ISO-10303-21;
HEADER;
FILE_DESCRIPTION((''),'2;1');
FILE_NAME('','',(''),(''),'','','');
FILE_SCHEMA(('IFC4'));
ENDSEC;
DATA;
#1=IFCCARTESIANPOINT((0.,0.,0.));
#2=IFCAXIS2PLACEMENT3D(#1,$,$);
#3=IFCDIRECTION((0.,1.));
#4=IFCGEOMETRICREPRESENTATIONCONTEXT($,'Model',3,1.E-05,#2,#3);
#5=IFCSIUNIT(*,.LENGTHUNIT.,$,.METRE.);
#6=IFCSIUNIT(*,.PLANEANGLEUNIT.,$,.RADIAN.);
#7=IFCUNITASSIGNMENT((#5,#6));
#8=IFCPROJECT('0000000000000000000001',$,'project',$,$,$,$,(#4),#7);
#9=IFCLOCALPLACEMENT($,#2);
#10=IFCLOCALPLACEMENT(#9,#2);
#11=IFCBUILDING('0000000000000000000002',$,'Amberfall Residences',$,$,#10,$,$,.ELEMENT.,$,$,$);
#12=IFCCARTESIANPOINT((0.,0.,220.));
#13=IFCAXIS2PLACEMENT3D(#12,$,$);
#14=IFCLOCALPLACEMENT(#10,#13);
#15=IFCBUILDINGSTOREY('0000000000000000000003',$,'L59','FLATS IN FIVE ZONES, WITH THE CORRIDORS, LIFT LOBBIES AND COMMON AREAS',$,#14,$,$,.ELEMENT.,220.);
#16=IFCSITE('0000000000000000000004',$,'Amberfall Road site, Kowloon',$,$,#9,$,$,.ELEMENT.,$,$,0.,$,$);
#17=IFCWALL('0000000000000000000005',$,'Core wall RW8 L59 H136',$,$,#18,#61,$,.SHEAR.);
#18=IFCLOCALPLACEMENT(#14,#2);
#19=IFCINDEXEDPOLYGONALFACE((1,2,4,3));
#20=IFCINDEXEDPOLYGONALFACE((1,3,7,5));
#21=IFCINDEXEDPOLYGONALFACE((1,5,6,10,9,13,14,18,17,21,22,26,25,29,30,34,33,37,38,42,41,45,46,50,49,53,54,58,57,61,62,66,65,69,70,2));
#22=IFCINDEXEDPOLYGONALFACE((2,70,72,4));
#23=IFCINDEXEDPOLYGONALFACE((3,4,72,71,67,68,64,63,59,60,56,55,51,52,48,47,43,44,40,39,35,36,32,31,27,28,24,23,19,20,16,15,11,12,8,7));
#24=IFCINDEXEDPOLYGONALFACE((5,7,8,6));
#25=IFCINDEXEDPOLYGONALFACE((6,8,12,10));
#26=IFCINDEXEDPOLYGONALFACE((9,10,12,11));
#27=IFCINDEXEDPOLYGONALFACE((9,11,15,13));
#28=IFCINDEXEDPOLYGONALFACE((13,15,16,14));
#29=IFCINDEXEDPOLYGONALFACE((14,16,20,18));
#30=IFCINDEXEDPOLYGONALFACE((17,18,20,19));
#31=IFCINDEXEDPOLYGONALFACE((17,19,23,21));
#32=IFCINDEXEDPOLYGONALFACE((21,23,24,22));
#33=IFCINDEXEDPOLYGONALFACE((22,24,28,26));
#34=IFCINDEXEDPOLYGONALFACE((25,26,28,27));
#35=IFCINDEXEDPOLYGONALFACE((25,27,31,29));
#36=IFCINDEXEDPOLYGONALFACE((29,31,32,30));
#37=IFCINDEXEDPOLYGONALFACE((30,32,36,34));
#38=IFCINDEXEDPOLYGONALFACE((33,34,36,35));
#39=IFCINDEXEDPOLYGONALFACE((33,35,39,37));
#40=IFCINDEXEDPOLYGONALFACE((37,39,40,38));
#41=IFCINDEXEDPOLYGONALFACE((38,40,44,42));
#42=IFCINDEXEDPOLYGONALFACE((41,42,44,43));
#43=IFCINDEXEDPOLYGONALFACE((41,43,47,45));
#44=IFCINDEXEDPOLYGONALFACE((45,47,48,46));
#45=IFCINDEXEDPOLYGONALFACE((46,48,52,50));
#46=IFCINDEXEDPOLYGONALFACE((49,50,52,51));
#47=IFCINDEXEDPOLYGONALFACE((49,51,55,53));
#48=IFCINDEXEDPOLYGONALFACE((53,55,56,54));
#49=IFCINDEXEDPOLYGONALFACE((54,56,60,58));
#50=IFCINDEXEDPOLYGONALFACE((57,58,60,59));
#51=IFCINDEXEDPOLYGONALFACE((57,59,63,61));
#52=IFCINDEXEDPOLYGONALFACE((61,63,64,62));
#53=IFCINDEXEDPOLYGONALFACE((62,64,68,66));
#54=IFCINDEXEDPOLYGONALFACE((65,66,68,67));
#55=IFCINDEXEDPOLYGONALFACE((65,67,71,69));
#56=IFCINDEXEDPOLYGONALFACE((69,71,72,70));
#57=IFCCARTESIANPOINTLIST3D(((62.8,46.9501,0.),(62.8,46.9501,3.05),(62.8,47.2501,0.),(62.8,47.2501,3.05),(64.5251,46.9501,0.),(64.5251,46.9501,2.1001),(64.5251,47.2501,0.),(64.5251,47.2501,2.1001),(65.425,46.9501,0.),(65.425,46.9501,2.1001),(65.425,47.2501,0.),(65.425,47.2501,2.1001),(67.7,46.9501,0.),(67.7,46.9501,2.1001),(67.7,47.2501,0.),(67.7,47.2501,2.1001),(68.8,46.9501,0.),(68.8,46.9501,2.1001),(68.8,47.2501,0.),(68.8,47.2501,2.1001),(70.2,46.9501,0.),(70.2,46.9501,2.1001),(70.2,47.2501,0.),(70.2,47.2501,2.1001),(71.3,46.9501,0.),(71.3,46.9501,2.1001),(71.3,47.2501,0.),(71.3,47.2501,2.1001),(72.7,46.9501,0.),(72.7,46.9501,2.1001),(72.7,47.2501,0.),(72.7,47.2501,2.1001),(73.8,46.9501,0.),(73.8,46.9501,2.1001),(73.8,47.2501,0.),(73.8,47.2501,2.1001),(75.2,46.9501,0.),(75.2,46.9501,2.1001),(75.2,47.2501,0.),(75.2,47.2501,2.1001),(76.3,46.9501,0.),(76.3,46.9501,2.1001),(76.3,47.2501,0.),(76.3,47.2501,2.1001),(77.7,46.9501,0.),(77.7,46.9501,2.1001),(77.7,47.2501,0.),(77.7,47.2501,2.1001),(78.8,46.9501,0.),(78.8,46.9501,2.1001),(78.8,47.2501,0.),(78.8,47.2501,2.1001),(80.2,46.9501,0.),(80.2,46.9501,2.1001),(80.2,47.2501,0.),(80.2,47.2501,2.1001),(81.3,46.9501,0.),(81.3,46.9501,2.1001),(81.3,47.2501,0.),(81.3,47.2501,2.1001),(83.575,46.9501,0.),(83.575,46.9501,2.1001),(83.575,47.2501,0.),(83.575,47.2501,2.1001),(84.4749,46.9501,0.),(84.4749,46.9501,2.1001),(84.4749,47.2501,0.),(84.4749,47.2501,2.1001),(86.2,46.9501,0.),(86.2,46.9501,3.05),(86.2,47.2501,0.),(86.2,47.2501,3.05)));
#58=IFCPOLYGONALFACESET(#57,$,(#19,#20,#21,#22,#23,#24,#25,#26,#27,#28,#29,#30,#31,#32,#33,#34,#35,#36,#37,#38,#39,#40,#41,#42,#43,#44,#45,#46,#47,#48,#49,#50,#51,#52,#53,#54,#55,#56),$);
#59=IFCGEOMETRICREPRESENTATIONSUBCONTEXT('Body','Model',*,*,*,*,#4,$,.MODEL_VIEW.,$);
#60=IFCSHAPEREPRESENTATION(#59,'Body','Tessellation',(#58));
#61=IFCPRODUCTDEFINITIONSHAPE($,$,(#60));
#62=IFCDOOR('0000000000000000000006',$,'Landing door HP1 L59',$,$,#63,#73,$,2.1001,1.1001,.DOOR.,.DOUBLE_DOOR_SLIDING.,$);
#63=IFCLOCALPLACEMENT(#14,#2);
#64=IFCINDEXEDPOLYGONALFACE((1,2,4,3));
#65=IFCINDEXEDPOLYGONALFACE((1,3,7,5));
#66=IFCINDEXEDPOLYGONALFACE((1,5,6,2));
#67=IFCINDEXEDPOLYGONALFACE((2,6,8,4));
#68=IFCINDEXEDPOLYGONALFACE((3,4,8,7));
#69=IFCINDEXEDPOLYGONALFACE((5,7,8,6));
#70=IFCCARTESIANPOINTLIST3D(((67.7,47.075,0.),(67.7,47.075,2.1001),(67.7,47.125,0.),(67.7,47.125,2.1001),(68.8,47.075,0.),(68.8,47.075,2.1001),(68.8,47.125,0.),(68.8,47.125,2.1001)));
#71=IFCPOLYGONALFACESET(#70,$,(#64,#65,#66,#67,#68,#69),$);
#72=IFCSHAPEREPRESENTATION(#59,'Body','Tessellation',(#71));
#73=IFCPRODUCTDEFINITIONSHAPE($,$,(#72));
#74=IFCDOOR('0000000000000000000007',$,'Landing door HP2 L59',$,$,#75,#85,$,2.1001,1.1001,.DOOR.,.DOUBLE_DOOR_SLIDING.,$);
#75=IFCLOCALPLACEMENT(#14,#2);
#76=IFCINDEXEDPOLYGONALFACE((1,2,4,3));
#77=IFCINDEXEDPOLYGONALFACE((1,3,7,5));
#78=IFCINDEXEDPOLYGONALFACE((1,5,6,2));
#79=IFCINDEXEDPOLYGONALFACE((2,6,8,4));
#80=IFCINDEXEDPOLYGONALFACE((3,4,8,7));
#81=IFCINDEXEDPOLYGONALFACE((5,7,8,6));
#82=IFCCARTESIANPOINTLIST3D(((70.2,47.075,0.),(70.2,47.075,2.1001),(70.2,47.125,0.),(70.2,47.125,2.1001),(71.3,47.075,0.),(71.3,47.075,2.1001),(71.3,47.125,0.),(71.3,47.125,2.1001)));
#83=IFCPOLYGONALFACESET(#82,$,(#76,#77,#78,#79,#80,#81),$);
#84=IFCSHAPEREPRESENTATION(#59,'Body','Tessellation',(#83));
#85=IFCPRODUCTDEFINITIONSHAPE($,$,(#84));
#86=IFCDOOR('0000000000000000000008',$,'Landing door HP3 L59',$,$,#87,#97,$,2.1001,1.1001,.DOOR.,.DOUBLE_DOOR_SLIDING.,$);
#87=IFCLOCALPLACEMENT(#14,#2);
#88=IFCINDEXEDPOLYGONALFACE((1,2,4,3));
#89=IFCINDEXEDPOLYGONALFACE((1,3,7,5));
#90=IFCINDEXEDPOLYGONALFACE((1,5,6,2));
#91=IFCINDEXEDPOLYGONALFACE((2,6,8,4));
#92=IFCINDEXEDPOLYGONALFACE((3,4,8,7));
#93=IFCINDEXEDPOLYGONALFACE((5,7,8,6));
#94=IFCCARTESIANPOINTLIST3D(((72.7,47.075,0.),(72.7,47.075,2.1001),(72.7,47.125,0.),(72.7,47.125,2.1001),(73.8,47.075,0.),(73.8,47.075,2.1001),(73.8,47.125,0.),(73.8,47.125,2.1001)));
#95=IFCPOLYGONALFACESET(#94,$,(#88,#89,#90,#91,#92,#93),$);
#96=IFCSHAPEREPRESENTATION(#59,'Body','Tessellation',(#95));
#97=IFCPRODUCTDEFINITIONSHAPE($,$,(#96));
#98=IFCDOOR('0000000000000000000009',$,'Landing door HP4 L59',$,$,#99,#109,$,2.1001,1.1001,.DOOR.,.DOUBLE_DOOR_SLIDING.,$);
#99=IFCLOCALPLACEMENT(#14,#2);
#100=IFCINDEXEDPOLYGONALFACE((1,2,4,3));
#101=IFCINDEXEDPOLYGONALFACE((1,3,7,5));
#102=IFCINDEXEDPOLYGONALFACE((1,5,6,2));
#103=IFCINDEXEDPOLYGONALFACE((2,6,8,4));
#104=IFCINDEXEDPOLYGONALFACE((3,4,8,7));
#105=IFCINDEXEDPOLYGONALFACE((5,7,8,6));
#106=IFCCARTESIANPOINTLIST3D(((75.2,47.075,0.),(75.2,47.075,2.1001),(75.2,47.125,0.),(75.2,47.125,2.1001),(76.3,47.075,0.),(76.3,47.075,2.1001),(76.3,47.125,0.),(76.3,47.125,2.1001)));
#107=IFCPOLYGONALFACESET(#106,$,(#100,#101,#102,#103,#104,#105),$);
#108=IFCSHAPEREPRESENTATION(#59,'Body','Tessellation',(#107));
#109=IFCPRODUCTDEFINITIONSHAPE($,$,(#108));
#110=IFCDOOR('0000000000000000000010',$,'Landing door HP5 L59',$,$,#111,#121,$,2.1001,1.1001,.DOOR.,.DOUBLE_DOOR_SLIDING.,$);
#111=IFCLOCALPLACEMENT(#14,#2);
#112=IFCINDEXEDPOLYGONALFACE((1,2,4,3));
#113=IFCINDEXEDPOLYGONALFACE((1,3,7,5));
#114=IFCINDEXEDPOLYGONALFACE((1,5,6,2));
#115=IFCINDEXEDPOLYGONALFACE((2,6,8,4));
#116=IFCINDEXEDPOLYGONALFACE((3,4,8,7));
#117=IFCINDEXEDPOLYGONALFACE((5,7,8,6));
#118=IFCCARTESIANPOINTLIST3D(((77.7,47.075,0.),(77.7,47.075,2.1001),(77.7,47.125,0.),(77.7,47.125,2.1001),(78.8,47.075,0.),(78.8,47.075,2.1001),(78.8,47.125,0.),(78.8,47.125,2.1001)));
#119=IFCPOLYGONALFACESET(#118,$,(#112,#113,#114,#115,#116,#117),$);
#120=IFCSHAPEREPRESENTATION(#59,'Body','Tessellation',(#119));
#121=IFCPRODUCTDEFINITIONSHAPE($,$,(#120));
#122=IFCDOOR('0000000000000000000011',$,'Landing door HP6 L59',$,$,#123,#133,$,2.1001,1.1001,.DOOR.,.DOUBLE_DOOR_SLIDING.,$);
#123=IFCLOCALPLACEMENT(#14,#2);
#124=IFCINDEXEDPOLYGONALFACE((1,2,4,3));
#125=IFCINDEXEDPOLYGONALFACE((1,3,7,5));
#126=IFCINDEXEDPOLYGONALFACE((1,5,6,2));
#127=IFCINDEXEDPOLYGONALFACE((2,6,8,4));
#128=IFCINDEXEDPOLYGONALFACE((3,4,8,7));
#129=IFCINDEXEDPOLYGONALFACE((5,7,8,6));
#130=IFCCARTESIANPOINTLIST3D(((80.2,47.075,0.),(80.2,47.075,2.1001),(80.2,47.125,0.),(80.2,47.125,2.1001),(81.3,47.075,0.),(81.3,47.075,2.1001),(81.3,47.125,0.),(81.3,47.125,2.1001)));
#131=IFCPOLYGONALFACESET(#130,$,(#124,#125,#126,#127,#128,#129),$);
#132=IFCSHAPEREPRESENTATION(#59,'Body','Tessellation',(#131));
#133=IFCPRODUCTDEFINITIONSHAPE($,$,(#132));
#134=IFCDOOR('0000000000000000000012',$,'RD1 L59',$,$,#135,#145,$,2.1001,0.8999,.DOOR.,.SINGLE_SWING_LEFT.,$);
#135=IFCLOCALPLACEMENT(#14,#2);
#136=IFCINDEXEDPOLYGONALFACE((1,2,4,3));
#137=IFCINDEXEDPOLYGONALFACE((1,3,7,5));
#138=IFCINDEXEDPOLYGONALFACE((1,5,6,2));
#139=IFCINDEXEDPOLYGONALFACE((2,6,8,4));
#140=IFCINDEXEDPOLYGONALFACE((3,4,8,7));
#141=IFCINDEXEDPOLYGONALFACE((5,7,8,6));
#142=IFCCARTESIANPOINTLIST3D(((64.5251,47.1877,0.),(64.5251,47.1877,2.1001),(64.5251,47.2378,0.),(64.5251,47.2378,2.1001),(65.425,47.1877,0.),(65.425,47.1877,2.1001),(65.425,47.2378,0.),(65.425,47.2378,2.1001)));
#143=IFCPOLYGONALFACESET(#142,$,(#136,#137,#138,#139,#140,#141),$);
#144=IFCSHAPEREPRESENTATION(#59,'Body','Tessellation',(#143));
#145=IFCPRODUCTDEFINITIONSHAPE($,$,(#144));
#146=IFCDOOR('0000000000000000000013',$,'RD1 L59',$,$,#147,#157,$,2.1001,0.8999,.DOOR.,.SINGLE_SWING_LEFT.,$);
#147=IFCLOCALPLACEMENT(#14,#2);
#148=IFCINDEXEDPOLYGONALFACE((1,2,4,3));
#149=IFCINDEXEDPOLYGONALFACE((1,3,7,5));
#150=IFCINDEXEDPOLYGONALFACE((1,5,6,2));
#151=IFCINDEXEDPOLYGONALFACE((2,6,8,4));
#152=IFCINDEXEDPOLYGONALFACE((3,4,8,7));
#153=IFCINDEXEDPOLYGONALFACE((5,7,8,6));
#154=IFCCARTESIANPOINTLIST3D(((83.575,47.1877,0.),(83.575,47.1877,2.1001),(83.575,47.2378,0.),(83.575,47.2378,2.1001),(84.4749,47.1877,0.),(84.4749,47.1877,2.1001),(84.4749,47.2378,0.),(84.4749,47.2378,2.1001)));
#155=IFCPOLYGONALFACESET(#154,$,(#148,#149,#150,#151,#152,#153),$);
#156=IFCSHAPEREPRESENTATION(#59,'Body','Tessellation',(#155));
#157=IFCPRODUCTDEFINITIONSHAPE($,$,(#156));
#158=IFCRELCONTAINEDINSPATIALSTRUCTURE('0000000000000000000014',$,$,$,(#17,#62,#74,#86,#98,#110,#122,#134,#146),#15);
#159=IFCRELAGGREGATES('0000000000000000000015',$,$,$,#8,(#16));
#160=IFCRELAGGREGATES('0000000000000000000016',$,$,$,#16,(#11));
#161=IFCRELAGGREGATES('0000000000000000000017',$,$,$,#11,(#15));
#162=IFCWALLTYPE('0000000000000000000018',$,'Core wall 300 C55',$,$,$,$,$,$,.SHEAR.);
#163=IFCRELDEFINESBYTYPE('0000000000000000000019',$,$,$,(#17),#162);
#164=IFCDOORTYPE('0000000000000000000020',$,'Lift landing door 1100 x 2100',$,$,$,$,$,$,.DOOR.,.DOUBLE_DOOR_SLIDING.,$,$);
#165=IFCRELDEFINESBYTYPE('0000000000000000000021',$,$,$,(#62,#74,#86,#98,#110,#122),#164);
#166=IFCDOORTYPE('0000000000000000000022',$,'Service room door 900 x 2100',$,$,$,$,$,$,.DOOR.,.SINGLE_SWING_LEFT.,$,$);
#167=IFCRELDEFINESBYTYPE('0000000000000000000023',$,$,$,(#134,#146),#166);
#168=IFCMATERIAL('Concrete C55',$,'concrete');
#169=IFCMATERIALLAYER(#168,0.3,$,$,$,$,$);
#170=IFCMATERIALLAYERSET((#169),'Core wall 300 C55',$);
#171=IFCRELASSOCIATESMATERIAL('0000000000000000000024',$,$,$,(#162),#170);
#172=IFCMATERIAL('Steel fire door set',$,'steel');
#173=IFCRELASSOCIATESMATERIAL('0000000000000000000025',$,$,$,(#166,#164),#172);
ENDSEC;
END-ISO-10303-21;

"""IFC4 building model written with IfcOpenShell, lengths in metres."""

from ifc_helpers import new_model, si_unit, direction, frame, frame_2d, origin, place, context, subcontext, project, spatial, rectangle, extrude, material, layer, layer_set, type_object, element, fill, save


model = new_model("IFC4")

# Units and contexts
model_context = context("Model", 3, precision=1e-05, world=origin(), true_north=direction((0.0, 1.0)))
body_context = subcontext(model_context, "Body", "Model", "MODEL_VIEW")
ifc_project = project(units=[si_unit("LENGTHUNIT", "METRE"), si_unit("PLANEANGLEUNIT", "RADIAN")], contexts=[model_context])

# Site, building, storey
site_placement = place(None, origin())
site = spatial("IfcSite", under=ifc_project, at=site_placement, Name="Amberfall Road site, Kowloon", CompositionType="ELEMENT", RefElevation=0.0)
building_placement = place(site_placement, origin())
building = spatial("IfcBuilding", under=site, at=building_placement, Name="Amberfall Residences", CompositionType="ELEMENT")
storey_placement = place(building_placement, frame((0.0, 0.0, 220.0)))
storey = spatial("IfcBuildingStorey", under=building, at=storey_placement, Name="L59", Description="FLATS IN FIVE ZONES, WITH THE CORRIDORS, LIFT LOBBIES AND COMMON AREAS", CompositionType="ELEMENT", Elevation=220.0)

# Wall, openings, doors
ifc_material_1 = material(Name="Concrete C55", Category="concrete")
ifc_layer_1 = layer(ifc_material_1, 0.3)
ifc_layer_set_1 = layer_set([ifc_layer_1], Name="Core wall 300 C55")
wall_type_1 = type_object("IfcWallType", Name="Core wall 300 C55", PredefinedType="SHEAR", material=ifc_layer_set_1)
ifc_material_2 = material(Name="Steel fire door set", Category="steel")
door_type_1 = type_object("IfcDoorType", Name="Service room door 900 x 2100", OperationType="SINGLE_SWING_LEFT", PredefinedType="DOOR", material=ifc_material_2)
wall_1_placement = place(storey_placement, frame((62.8, 47.1001, 0.0), z_axis=(0.0, 0.0, 1.0), x_axis=(1.0, 0.0, 0.0)))
wall_1 = element("IfcWall", 1, at=wall_1_placement, inside=storey, type_object=wall_type_1, Name="Core wall RW8 L59 H136", PredefinedType="SHEAR", context=body_context, shape_type="SweptSolid", body=[
    extrude(rectangle(XDim=23.3999, YDim=0.3, at=frame_2d((11.7, 0.0))), origin(), (0.0, 0.0, 1.0), 3.05),
])
opening_1_placement = place(wall_1_placement, frame((1.7251, 0.0, 0.0)))
opening_1 = element("IfcOpeningElement", 2, at=opening_1_placement, cuts=wall_1, PredefinedType="OPENING", context=body_context, shape_type="SweptSolid", body=[
    extrude(rectangle(XDim=0.8999, YDim=2.1001, at=frame_2d((0.45, 1.05))), frame((0.0, 0.1599, 0.0), z_axis=(0.0, -1.0, 0.0), x_axis=(1.0, 0.0, 0.0)), (0.0, 0.0, 1.0), 0.3201),
])
opening_2_placement = place(wall_1_placement, frame((20.7749, 0.0, 0.0)))
opening_2 = element("IfcOpeningElement", 3, at=opening_2_placement, cuts=wall_1, PredefinedType="OPENING", context=body_context, shape_type="SweptSolid", body=[
    extrude(rectangle(XDim=0.8999, YDim=2.1001, at=frame_2d((0.45, 1.05))), frame((0.0, 0.1599, 0.0), z_axis=(0.0, -1.0, 0.0), x_axis=(1.0, 0.0, 0.0)), (0.0, 0.0, 1.0), 0.3201),
])
opening_3_placement = place(wall_1_placement, frame((4.8999, 0.0, 0.0)))
opening_3 = element("IfcOpeningElement", 4, at=opening_3_placement, cuts=wall_1, PredefinedType="OPENING", context=body_context, shape_type="SweptSolid", body=[
    extrude(rectangle(XDim=1.1001, YDim=2.1001, at=frame_2d((0.55, 1.05))), frame((0.0, 0.1599, 0.0), z_axis=(0.0, -1.0, 0.0), x_axis=(1.0, 0.0, 0.0)), (0.0, 0.0, 1.0), 0.3201),
])
opening_4_placement = place(wall_1_placement, frame((7.3999, 0.0, 0.0)))
opening_4 = element("IfcOpeningElement", 5, at=opening_4_placement, cuts=wall_1, PredefinedType="OPENING", context=body_context, shape_type="SweptSolid", body=[
    extrude(rectangle(XDim=1.1001, YDim=2.1001, at=frame_2d((0.55, 1.05))), frame((0.0, 0.1599, 0.0), z_axis=(0.0, -1.0, 0.0), x_axis=(1.0, 0.0, 0.0)), (0.0, 0.0, 1.0), 0.3201),
])
opening_5_placement = place(wall_1_placement, frame((9.8999, 0.0, 0.0)))
opening_5 = element("IfcOpeningElement", 6, at=opening_5_placement, cuts=wall_1, PredefinedType="OPENING", context=body_context, shape_type="SweptSolid", body=[
    extrude(rectangle(XDim=1.1001, YDim=2.1001, at=frame_2d((0.55, 1.05))), frame((0.0, 0.1599, 0.0), z_axis=(0.0, -1.0, 0.0), x_axis=(1.0, 0.0, 0.0)), (0.0, 0.0, 1.0), 0.3201),
])
opening_6_placement = place(wall_1_placement, frame((12.3999, 0.0, 0.0)))
opening_6 = element("IfcOpeningElement", 7, at=opening_6_placement, cuts=wall_1, PredefinedType="OPENING", context=body_context, shape_type="SweptSolid", body=[
    extrude(rectangle(XDim=1.1001, YDim=2.1001, at=frame_2d((0.55, 1.05))), frame((0.0, 0.1599, 0.0), z_axis=(0.0, -1.0, 0.0), x_axis=(1.0, 0.0, 0.0)), (0.0, 0.0, 1.0), 0.3201),
])
opening_7_placement = place(wall_1_placement, frame((14.8999, 0.0, 0.0)))
opening_7 = element("IfcOpeningElement", 8, at=opening_7_placement, cuts=wall_1, PredefinedType="OPENING", context=body_context, shape_type="SweptSolid", body=[
    extrude(rectangle(XDim=1.1001, YDim=2.1001, at=frame_2d((0.55, 1.05))), frame((0.0, 0.1599, 0.0), z_axis=(0.0, -1.0, 0.0), x_axis=(1.0, 0.0, 0.0)), (0.0, 0.0, 1.0), 0.3201),
])
opening_8_placement = place(wall_1_placement, frame((17.3999, 0.0, 0.0)))
opening_8 = element("IfcOpeningElement", 9, at=opening_8_placement, cuts=wall_1, PredefinedType="OPENING", context=body_context, shape_type="SweptSolid", body=[
    extrude(rectangle(XDim=1.1001, YDim=2.1001, at=frame_2d((0.55, 1.05))), frame((0.0, 0.1599, 0.0), z_axis=(0.0, -1.0, 0.0), x_axis=(1.0, 0.0, 0.0)), (0.0, 0.0, 1.0), 0.3201),
])
door_type_2 = type_object("IfcDoorType", Name="Lift landing door 1100 x 2100", OperationType="DOUBLE_DOOR_SLIDING", PredefinedType="DOOR", material=ifc_material_2)
door_1_placement = place(opening_3_placement, origin())
door_1 = element("IfcDoor", 10, at=door_1_placement, inside=storey, type_object=door_type_2, Name="Landing door HP1 L59", OperationType="DOUBLE_DOOR_SLIDING", OverallHeight=2.1001, OverallWidth=1.1001, PredefinedType="DOOR", context=body_context, shape_type="SweptSolid", body=[
    extrude(rectangle(XDim=1.1001, YDim=2.1001, at=frame_2d((0.55, 1.05))), frame((0.0, 0.0249, 0.0), z_axis=(0.0, -1.0, 0.0), x_axis=(1.0, 0.0, 0.0)), (0.0, 0.0, 1.0), 0.05),
])
fill(opening_3, door_1)
door_2_placement = place(opening_4_placement, origin())
door_2 = element("IfcDoor", 11, at=door_2_placement, inside=storey, type_object=door_type_2, Name="Landing door HP2 L59", OperationType="DOUBLE_DOOR_SLIDING", OverallHeight=2.1001, OverallWidth=1.1001, PredefinedType="DOOR", context=body_context, shape_type="SweptSolid", body=[
    extrude(rectangle(XDim=1.1001, YDim=2.1001, at=frame_2d((0.55, 1.05))), frame((0.0, 0.0249, 0.0), z_axis=(0.0, -1.0, 0.0), x_axis=(1.0, 0.0, 0.0)), (0.0, 0.0, 1.0), 0.05),
])
fill(opening_4, door_2)
door_3_placement = place(opening_5_placement, origin())
door_3 = element("IfcDoor", 12, at=door_3_placement, inside=storey, type_object=door_type_2, Name="Landing door HP3 L59", OperationType="DOUBLE_DOOR_SLIDING", OverallHeight=2.1001, OverallWidth=1.1001, PredefinedType="DOOR", context=body_context, shape_type="SweptSolid", body=[
    extrude(rectangle(XDim=1.1001, YDim=2.1001, at=frame_2d((0.55, 1.05))), frame((0.0, 0.0249, 0.0), z_axis=(0.0, -1.0, 0.0), x_axis=(1.0, 0.0, 0.0)), (0.0, 0.0, 1.0), 0.05),
])
fill(opening_5, door_3)
door_4_placement = place(opening_6_placement, origin())
door_4 = element("IfcDoor", 13, at=door_4_placement, inside=storey, type_object=door_type_2, Name="Landing door HP4 L59", OperationType="DOUBLE_DOOR_SLIDING", OverallHeight=2.1001, OverallWidth=1.1001, PredefinedType="DOOR", context=body_context, shape_type="SweptSolid", body=[
    extrude(rectangle(XDim=1.1001, YDim=2.1001, at=frame_2d((0.55, 1.05))), frame((0.0, 0.0249, 0.0), z_axis=(0.0, -1.0, 0.0), x_axis=(1.0, 0.0, 0.0)), (0.0, 0.0, 1.0), 0.05),
])
fill(opening_6, door_4)
door_5_placement = place(opening_7_placement, origin())
door_5 = element("IfcDoor", 14, at=door_5_placement, inside=storey, type_object=door_type_2, Name="Landing door HP5 L59", OperationType="DOUBLE_DOOR_SLIDING", OverallHeight=2.1001, OverallWidth=1.1001, PredefinedType="DOOR", context=body_context, shape_type="SweptSolid", body=[
    extrude(rectangle(XDim=1.1001, YDim=2.1001, at=frame_2d((0.55, 1.05))), frame((0.0, 0.0249, 0.0), z_axis=(0.0, -1.0, 0.0), x_axis=(1.0, 0.0, 0.0)), (0.0, 0.0, 1.0), 0.05),
])
fill(opening_7, door_5)
door_6_placement = place(opening_8_placement, origin())
door_6 = element("IfcDoor", 15, at=door_6_placement, inside=storey, type_object=door_type_2, Name="Landing door HP6 L59", OperationType="DOUBLE_DOOR_SLIDING", OverallHeight=2.1001, OverallWidth=1.1001, PredefinedType="DOOR", context=body_context, shape_type="SweptSolid", body=[
    extrude(rectangle(XDim=1.1001, YDim=2.1001, at=frame_2d((0.55, 1.05))), frame((0.0, 0.0249, 0.0), z_axis=(0.0, -1.0, 0.0), x_axis=(1.0, 0.0, 0.0)), (0.0, 0.0, 1.0), 0.05),
])
fill(opening_8, door_6)
door_7_placement = place(opening_1_placement, origin())
door_7 = element("IfcDoor", 16, at=door_7_placement, inside=storey, type_object=door_type_1, Name="RD1 L59", OperationType="SINGLE_SWING_LEFT", OverallHeight=2.1001, OverallWidth=0.8999, PredefinedType="DOOR", context=body_context, shape_type="SweptSolid", body=[
    extrude(rectangle(XDim=0.8999, YDim=2.1001, at=frame_2d((0.45, 1.05))), frame((0.0, 0.1377, 0.0), z_axis=(0.0, -1.0, 0.0), x_axis=(1.0, 0.0, 0.0)), (0.0, 0.0, 1.0), 0.05),
])
fill(opening_1, door_7)
door_8_placement = place(opening_2_placement, origin())
door_8 = element("IfcDoor", 17, at=door_8_placement, inside=storey, type_object=door_type_1, Name="RD1 L59", OperationType="SINGLE_SWING_LEFT", OverallHeight=2.1001, OverallWidth=0.8999, PredefinedType="DOOR", context=body_context, shape_type="SweptSolid", body=[
    extrude(rectangle(XDim=0.8999, YDim=2.1001, at=frame_2d((0.45, 1.05))), frame((0.0, 0.1377, 0.0), z_axis=(0.0, -1.0, 0.0), x_axis=(1.0, 0.0, 0.0)), (0.0, 0.0, 1.0), 0.05),
])
fill(opening_2, door_8)

save(model, "model.ifc")
